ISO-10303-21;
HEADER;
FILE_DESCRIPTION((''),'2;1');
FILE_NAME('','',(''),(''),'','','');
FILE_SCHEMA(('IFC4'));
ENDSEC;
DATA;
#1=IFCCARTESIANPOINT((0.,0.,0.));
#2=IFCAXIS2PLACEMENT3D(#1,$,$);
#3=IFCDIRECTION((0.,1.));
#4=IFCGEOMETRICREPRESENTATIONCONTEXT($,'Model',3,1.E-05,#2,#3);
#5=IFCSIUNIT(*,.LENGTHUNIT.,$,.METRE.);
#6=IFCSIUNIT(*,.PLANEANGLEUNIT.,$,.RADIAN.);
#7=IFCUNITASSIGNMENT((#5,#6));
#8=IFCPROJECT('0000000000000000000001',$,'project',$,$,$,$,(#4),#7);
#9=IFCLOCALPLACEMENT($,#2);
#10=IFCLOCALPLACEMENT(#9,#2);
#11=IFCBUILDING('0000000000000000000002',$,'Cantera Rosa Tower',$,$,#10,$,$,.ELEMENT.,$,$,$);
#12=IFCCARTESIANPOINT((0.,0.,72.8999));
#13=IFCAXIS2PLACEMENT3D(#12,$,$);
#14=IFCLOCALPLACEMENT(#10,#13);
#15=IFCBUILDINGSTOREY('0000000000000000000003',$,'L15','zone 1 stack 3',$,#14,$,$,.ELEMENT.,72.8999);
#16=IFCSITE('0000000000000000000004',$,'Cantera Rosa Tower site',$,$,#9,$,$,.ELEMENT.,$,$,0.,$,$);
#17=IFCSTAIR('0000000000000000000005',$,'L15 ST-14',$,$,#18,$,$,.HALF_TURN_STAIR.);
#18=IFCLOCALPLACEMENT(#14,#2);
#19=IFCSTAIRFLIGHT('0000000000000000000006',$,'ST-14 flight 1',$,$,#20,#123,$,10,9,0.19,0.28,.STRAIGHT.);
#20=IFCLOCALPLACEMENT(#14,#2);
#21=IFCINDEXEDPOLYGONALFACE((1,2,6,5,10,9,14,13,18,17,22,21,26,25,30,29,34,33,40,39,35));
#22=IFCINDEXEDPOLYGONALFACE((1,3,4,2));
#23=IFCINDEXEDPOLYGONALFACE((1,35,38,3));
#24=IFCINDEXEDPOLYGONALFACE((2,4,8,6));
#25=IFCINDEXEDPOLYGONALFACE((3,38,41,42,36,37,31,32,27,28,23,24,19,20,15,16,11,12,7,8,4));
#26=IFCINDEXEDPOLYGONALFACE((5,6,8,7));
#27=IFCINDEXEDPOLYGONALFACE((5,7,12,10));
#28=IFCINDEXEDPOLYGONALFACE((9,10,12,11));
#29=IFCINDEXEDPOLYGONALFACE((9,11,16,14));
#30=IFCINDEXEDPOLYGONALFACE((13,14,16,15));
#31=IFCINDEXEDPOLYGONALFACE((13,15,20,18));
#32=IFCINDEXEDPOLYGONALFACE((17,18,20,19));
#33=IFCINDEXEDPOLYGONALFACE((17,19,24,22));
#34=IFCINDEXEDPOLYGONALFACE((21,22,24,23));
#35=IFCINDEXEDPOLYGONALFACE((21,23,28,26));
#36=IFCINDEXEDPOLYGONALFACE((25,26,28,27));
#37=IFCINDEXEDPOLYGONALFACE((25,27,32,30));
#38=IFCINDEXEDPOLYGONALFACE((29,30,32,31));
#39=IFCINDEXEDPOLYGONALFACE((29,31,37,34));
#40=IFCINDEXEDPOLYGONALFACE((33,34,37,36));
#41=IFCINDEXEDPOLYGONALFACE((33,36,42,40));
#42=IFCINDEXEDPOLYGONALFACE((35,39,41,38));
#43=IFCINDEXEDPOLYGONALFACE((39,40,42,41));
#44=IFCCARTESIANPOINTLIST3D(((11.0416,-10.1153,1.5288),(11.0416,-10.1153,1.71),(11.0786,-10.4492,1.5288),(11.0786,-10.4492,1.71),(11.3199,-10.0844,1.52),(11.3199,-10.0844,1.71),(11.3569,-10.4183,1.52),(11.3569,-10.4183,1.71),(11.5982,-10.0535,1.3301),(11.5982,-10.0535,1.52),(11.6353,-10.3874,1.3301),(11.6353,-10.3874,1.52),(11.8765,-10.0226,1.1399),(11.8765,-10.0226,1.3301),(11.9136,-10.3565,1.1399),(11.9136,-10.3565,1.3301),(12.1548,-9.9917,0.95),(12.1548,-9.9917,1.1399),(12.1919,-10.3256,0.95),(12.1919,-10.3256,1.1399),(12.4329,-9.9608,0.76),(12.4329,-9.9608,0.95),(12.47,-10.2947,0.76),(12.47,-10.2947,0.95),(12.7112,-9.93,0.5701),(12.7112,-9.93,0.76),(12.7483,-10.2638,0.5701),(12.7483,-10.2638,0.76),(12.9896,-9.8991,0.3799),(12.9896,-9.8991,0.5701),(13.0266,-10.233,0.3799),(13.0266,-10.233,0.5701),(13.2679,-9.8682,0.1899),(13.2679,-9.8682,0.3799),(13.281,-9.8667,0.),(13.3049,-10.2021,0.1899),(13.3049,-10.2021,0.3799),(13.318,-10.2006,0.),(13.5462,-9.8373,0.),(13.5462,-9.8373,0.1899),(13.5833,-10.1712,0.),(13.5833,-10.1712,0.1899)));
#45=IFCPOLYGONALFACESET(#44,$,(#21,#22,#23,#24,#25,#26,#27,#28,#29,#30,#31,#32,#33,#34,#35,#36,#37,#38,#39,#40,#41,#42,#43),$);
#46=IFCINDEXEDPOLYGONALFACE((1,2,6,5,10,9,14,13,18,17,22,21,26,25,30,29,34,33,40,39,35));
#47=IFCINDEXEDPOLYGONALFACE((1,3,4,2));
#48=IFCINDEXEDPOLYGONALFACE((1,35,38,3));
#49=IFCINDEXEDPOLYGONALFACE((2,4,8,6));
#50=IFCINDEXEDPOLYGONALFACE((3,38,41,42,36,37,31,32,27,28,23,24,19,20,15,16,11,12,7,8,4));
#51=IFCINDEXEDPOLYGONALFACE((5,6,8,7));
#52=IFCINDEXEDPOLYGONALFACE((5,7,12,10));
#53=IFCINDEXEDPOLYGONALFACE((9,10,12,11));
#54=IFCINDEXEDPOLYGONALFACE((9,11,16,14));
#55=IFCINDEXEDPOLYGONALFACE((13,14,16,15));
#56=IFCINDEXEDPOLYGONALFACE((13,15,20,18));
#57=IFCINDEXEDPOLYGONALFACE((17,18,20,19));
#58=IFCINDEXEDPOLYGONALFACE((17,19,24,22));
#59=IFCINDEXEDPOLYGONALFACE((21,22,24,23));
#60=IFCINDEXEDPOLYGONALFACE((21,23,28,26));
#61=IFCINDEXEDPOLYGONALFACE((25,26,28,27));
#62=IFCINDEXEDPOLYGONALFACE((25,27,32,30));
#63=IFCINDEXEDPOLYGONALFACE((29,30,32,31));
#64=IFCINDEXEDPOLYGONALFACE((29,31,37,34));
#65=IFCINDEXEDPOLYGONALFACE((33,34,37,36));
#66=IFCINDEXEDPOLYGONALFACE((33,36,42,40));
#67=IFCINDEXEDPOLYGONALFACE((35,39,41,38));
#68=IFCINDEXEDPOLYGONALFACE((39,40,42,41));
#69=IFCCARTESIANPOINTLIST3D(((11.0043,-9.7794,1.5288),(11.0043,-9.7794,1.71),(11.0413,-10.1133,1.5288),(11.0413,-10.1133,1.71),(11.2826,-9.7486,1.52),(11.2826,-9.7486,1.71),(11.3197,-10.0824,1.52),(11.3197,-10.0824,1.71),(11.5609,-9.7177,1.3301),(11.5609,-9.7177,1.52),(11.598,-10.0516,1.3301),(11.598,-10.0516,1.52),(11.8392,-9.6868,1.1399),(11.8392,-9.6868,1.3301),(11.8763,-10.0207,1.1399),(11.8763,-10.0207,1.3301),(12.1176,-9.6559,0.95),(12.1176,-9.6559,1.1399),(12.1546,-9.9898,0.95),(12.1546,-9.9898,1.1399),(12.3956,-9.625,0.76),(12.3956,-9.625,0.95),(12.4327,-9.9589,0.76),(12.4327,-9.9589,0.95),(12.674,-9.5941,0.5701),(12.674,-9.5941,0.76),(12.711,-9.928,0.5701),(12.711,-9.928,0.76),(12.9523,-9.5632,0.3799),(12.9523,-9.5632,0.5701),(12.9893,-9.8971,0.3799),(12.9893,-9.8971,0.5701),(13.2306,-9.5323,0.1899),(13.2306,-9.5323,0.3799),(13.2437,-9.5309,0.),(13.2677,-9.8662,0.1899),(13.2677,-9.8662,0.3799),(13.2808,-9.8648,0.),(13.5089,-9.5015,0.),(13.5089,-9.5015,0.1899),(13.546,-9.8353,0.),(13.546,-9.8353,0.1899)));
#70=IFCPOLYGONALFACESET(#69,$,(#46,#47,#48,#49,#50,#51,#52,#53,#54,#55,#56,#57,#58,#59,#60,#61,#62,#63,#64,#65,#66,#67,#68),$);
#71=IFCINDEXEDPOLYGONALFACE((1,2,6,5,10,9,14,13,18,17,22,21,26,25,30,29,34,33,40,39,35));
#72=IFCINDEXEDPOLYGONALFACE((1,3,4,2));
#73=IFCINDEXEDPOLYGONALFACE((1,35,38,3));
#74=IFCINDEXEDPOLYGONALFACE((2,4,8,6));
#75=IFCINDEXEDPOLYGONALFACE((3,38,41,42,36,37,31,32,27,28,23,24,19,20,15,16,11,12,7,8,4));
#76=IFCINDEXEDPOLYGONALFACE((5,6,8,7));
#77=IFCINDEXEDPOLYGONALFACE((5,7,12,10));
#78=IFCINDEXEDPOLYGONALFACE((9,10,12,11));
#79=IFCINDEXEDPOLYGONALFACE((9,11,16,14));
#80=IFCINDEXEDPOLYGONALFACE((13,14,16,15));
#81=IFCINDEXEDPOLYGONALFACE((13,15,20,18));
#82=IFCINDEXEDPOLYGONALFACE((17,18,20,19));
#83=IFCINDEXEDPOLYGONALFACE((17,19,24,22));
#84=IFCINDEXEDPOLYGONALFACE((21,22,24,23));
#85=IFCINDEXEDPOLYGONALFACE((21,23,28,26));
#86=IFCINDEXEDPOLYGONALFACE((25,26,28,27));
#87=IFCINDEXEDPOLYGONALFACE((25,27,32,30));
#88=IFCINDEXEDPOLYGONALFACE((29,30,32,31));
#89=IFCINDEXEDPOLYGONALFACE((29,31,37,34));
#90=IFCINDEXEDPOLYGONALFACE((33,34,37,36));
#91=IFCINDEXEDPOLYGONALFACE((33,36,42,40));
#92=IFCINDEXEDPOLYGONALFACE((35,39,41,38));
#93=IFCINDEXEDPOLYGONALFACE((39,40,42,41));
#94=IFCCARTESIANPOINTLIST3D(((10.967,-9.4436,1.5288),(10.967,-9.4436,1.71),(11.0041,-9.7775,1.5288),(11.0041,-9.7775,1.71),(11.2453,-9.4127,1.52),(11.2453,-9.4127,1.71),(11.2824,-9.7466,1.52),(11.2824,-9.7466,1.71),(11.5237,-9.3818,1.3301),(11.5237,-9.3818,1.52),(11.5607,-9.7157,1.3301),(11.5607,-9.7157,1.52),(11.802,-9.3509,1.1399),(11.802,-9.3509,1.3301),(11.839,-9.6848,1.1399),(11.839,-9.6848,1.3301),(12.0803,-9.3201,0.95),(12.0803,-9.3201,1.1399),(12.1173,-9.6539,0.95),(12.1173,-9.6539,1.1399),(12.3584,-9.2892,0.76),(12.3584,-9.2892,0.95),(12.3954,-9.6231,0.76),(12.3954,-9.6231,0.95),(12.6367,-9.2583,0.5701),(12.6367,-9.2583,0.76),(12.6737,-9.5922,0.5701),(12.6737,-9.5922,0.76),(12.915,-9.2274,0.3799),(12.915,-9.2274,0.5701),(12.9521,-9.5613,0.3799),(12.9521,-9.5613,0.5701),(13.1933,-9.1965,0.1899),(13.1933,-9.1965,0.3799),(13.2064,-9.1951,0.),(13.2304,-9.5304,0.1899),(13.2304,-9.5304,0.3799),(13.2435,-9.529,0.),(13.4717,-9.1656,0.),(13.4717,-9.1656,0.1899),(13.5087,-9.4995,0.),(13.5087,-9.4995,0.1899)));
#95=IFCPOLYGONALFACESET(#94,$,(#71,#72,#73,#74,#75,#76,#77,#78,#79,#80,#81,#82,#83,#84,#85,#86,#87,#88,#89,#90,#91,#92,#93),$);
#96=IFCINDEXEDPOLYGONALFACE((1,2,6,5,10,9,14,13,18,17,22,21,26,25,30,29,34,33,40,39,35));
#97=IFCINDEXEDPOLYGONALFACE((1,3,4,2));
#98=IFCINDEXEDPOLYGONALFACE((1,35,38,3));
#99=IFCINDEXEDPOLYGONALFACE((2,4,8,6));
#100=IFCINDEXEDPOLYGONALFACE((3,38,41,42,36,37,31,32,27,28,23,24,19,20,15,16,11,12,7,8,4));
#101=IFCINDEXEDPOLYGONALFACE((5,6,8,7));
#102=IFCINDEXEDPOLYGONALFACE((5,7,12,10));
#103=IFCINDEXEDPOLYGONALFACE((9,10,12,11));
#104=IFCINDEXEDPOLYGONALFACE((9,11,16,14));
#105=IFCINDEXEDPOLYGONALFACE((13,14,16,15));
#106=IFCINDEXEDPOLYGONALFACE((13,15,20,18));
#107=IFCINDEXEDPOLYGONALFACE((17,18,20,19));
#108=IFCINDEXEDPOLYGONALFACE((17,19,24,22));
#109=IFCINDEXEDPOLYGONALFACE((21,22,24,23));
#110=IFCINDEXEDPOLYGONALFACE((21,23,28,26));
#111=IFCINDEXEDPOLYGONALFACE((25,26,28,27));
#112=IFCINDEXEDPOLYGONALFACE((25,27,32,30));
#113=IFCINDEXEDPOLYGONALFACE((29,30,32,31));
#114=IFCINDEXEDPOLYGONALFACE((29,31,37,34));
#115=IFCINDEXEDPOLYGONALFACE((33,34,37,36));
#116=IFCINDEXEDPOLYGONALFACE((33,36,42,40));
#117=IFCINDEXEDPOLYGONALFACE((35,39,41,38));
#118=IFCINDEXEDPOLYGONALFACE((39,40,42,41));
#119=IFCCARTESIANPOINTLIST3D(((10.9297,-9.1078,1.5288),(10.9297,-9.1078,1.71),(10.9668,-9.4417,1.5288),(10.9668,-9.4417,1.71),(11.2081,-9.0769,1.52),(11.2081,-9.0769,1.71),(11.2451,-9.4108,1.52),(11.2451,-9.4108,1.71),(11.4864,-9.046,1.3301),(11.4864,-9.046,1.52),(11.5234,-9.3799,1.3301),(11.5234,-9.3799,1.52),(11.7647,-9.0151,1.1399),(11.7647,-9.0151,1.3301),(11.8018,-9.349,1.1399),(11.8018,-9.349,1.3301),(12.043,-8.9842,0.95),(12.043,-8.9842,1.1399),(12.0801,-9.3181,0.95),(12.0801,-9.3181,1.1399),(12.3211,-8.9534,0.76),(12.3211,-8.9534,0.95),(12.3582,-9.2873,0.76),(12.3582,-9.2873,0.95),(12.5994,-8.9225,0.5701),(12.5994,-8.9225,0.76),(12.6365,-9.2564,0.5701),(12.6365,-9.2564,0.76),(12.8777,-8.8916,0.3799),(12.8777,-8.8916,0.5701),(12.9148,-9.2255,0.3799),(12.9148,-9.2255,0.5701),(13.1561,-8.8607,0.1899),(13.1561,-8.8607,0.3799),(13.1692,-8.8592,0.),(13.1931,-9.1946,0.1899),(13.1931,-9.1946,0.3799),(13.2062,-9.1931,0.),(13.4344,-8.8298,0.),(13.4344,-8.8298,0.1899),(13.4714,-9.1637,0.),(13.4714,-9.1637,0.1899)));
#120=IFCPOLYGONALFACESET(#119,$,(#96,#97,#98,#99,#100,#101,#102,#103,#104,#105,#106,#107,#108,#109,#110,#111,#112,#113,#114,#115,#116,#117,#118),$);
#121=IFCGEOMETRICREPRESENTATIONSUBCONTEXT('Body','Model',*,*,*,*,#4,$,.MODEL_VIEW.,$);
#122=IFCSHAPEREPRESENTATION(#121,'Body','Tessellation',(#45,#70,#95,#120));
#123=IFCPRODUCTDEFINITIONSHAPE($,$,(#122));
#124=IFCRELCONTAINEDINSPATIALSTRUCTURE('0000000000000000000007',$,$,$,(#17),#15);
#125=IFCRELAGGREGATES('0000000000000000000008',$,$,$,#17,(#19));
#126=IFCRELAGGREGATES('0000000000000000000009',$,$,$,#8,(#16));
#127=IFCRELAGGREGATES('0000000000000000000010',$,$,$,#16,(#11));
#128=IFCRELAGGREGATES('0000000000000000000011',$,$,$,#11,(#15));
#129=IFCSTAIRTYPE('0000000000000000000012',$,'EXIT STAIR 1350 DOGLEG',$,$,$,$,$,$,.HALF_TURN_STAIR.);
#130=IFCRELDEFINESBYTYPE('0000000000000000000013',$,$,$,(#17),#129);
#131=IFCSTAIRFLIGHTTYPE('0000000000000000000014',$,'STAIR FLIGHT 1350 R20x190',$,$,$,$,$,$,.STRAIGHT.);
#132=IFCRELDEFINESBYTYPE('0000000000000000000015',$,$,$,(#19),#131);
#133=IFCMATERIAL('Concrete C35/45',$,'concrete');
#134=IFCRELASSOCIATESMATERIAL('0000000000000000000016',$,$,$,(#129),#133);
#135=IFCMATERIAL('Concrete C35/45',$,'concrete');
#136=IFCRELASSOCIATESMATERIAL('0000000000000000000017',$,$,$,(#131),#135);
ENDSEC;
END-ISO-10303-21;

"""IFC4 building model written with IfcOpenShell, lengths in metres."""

from ifc_helpers import new_model, si_unit, direction, frame, origin, place, context, subcontext, project, spatial, polyline, outline, extrude, material, type_object, element, aggregate, save


model = new_model("IFC4")

# Units and contexts
model_context = context("Model", 3, precision=1e-05, world=origin(), true_north=direction((0.0, 1.0)))
body_context = subcontext(model_context, "Body", "Model", "MODEL_VIEW")
ifc_project = project(units=[si_unit("LENGTHUNIT", "METRE"), si_unit("PLANEANGLEUNIT", "RADIAN")], contexts=[model_context])

# Site, building, storey
site_placement = place(None, origin())
site = spatial("IfcSite", under=ifc_project, at=site_placement, Name="Cantera Rosa Tower site", CompositionType="ELEMENT", RefElevation=0.0)
building_placement = place(site_placement, origin())
building = spatial("IfcBuilding", under=site, at=building_placement, Name="Cantera Rosa Tower", CompositionType="ELEMENT")
storey_placement = place(building_placement, frame((0.0, 0.0, 72.8999)))
storey = spatial("IfcBuildingStorey", under=building, at=storey_placement, Name="L15", Description="zone 1 stack 3", CompositionType="ELEMENT", Elevation=72.8999)

# Stair, stair flight
ifc_material_1 = material(Name="Concrete C35/45", Category="concrete")
stair_type = type_object("IfcStairType", Name="EXIT STAIR 1350 DOGLEG", PredefinedType="HALF_TURN_STAIR", material=ifc_material_1)
stair_placement = place(storey_placement, origin())
stair = element("IfcStair", 1, at=stair_placement, inside=storey, type_object=stair_type, Name="L15 ST-14", PredefinedType="HALF_TURN_STAIR")
ifc_material_2 = material(Name="Concrete C35/45", Category="concrete")
stair_flight_type = type_object("IfcStairFlightType", Name="STAIR FLIGHT 1350 R20x190", PredefinedType="STRAIGHT", material=ifc_material_2)
stair_flight_1_placement = place(storey_placement, frame((13.5088, -9.5002, 0.0), z_axis=(0.0, 0.0, 1.0), x_axis=(-0.993897, -0.110313, 0.0)))
stair_flight_1 = element("IfcStairFlight", 2, at=stair_flight_1_placement, type_object=stair_flight_type, Name="ST-14 flight 1", NumberOfRisers=10, NumberOfTreads=9, PredefinedType="STRAIGHT", RiserHeight=0.19, TreadLength=0.28, context=body_context, shape_type="SweptSolid", body=[
    extrude(outline(polyline([(0.0, 0.0), (0.0, 0.1899), (0.28, 0.1899), (0.28, 0.3799), (0.5601, 0.3799), (0.5601, 0.5701), (0.8401, 0.5701), (0.8401, 0.76), (1.1201, 0.76), (1.1201, 0.95), (1.3999, 0.95), (1.3999, 1.1399), (1.6799, 1.1399), (1.6799, 1.3301), (1.96, 1.3301), (1.96, 1.52), (2.24, 1.52), (2.24, 1.71), (2.52, 1.71), (2.52, 1.8999), (2.52, 1.5288), (0.2668, 0.0), (0.0, 0.0)])), frame((0.0, 0.675, 0.0), z_axis=(0.0, -1.0, 0.0), x_axis=(1.0, 0.0, 0.0)), (0.0, 0.0, 1.0), 0.3359),
    extrude(outline(polyline([(0.0, 0.0), (0.0, 0.1899), (0.28, 0.1899), (0.28, 0.3799), (0.5601, 0.3799), (0.5601, 0.5701), (0.8401, 0.5701), (0.8401, 0.76), (1.1201, 0.76), (1.1201, 0.95), (1.3999, 0.95), (1.3999, 1.1399), (1.6799, 1.1399), (1.6799, 1.3301), (1.96, 1.3301), (1.96, 1.52), (2.24, 1.52), (2.24, 1.71), (2.52, 1.71), (2.52, 1.8999), (2.52, 1.5288), (0.2668, 0.0), (0.0, 0.0)])), frame((0.0, 0.3372, 0.0), z_axis=(0.0, -1.0, 0.0), x_axis=(1.0, 0.0, 0.0)), (0.0, 0.0, 1.0), 0.3359),
    extrude(outline(polyline([(0.0, 0.0), (0.0, 0.1899), (0.28, 0.1899), (0.28, 0.3799), (0.5601, 0.3799), (0.5601, 0.5701), (0.8401, 0.5701), (0.8401, 0.76), (1.1201, 0.76), (1.1201, 0.95), (1.3999, 0.95), (1.3999, 1.1399), (1.6799, 1.1399), (1.6799, 1.3301), (1.96, 1.3301), (1.96, 1.52), (2.24, 1.52), (2.24, 1.71), (2.52, 1.71), (2.52, 1.8999), (2.52, 1.5288), (0.2668, 0.0), (0.0, 0.0)])), frame((0.0, -0.0007, 0.0), z_axis=(0.0, -1.0, 0.0), x_axis=(1.0, 0.0, 0.0)), (0.0, 0.0, 1.0), 0.3359),
    extrude(outline(polyline([(0.0, 0.0), (0.0, 0.1899), (0.28, 0.1899), (0.28, 0.3799), (0.5601, 0.3799), (0.5601, 0.5701), (0.8401, 0.5701), (0.8401, 0.76), (1.1201, 0.76), (1.1201, 0.95), (1.3999, 0.95), (1.3999, 1.1399), (1.6799, 1.1399), (1.6799, 1.3301), (1.96, 1.3301), (1.96, 1.52), (2.24, 1.52), (2.24, 1.71), (2.52, 1.71), (2.52, 1.8999), (2.52, 1.5288), (0.2668, 0.0), (0.0, 0.0)])), frame((0.0, -0.3386, 0.0), z_axis=(0.0, -1.0, 0.0), x_axis=(1.0, 0.0, 0.0)), (0.0, 0.0, 1.0), 0.3359),
])
aggregate(stair, [stair_flight_1])

save(model, "model.ifc")
